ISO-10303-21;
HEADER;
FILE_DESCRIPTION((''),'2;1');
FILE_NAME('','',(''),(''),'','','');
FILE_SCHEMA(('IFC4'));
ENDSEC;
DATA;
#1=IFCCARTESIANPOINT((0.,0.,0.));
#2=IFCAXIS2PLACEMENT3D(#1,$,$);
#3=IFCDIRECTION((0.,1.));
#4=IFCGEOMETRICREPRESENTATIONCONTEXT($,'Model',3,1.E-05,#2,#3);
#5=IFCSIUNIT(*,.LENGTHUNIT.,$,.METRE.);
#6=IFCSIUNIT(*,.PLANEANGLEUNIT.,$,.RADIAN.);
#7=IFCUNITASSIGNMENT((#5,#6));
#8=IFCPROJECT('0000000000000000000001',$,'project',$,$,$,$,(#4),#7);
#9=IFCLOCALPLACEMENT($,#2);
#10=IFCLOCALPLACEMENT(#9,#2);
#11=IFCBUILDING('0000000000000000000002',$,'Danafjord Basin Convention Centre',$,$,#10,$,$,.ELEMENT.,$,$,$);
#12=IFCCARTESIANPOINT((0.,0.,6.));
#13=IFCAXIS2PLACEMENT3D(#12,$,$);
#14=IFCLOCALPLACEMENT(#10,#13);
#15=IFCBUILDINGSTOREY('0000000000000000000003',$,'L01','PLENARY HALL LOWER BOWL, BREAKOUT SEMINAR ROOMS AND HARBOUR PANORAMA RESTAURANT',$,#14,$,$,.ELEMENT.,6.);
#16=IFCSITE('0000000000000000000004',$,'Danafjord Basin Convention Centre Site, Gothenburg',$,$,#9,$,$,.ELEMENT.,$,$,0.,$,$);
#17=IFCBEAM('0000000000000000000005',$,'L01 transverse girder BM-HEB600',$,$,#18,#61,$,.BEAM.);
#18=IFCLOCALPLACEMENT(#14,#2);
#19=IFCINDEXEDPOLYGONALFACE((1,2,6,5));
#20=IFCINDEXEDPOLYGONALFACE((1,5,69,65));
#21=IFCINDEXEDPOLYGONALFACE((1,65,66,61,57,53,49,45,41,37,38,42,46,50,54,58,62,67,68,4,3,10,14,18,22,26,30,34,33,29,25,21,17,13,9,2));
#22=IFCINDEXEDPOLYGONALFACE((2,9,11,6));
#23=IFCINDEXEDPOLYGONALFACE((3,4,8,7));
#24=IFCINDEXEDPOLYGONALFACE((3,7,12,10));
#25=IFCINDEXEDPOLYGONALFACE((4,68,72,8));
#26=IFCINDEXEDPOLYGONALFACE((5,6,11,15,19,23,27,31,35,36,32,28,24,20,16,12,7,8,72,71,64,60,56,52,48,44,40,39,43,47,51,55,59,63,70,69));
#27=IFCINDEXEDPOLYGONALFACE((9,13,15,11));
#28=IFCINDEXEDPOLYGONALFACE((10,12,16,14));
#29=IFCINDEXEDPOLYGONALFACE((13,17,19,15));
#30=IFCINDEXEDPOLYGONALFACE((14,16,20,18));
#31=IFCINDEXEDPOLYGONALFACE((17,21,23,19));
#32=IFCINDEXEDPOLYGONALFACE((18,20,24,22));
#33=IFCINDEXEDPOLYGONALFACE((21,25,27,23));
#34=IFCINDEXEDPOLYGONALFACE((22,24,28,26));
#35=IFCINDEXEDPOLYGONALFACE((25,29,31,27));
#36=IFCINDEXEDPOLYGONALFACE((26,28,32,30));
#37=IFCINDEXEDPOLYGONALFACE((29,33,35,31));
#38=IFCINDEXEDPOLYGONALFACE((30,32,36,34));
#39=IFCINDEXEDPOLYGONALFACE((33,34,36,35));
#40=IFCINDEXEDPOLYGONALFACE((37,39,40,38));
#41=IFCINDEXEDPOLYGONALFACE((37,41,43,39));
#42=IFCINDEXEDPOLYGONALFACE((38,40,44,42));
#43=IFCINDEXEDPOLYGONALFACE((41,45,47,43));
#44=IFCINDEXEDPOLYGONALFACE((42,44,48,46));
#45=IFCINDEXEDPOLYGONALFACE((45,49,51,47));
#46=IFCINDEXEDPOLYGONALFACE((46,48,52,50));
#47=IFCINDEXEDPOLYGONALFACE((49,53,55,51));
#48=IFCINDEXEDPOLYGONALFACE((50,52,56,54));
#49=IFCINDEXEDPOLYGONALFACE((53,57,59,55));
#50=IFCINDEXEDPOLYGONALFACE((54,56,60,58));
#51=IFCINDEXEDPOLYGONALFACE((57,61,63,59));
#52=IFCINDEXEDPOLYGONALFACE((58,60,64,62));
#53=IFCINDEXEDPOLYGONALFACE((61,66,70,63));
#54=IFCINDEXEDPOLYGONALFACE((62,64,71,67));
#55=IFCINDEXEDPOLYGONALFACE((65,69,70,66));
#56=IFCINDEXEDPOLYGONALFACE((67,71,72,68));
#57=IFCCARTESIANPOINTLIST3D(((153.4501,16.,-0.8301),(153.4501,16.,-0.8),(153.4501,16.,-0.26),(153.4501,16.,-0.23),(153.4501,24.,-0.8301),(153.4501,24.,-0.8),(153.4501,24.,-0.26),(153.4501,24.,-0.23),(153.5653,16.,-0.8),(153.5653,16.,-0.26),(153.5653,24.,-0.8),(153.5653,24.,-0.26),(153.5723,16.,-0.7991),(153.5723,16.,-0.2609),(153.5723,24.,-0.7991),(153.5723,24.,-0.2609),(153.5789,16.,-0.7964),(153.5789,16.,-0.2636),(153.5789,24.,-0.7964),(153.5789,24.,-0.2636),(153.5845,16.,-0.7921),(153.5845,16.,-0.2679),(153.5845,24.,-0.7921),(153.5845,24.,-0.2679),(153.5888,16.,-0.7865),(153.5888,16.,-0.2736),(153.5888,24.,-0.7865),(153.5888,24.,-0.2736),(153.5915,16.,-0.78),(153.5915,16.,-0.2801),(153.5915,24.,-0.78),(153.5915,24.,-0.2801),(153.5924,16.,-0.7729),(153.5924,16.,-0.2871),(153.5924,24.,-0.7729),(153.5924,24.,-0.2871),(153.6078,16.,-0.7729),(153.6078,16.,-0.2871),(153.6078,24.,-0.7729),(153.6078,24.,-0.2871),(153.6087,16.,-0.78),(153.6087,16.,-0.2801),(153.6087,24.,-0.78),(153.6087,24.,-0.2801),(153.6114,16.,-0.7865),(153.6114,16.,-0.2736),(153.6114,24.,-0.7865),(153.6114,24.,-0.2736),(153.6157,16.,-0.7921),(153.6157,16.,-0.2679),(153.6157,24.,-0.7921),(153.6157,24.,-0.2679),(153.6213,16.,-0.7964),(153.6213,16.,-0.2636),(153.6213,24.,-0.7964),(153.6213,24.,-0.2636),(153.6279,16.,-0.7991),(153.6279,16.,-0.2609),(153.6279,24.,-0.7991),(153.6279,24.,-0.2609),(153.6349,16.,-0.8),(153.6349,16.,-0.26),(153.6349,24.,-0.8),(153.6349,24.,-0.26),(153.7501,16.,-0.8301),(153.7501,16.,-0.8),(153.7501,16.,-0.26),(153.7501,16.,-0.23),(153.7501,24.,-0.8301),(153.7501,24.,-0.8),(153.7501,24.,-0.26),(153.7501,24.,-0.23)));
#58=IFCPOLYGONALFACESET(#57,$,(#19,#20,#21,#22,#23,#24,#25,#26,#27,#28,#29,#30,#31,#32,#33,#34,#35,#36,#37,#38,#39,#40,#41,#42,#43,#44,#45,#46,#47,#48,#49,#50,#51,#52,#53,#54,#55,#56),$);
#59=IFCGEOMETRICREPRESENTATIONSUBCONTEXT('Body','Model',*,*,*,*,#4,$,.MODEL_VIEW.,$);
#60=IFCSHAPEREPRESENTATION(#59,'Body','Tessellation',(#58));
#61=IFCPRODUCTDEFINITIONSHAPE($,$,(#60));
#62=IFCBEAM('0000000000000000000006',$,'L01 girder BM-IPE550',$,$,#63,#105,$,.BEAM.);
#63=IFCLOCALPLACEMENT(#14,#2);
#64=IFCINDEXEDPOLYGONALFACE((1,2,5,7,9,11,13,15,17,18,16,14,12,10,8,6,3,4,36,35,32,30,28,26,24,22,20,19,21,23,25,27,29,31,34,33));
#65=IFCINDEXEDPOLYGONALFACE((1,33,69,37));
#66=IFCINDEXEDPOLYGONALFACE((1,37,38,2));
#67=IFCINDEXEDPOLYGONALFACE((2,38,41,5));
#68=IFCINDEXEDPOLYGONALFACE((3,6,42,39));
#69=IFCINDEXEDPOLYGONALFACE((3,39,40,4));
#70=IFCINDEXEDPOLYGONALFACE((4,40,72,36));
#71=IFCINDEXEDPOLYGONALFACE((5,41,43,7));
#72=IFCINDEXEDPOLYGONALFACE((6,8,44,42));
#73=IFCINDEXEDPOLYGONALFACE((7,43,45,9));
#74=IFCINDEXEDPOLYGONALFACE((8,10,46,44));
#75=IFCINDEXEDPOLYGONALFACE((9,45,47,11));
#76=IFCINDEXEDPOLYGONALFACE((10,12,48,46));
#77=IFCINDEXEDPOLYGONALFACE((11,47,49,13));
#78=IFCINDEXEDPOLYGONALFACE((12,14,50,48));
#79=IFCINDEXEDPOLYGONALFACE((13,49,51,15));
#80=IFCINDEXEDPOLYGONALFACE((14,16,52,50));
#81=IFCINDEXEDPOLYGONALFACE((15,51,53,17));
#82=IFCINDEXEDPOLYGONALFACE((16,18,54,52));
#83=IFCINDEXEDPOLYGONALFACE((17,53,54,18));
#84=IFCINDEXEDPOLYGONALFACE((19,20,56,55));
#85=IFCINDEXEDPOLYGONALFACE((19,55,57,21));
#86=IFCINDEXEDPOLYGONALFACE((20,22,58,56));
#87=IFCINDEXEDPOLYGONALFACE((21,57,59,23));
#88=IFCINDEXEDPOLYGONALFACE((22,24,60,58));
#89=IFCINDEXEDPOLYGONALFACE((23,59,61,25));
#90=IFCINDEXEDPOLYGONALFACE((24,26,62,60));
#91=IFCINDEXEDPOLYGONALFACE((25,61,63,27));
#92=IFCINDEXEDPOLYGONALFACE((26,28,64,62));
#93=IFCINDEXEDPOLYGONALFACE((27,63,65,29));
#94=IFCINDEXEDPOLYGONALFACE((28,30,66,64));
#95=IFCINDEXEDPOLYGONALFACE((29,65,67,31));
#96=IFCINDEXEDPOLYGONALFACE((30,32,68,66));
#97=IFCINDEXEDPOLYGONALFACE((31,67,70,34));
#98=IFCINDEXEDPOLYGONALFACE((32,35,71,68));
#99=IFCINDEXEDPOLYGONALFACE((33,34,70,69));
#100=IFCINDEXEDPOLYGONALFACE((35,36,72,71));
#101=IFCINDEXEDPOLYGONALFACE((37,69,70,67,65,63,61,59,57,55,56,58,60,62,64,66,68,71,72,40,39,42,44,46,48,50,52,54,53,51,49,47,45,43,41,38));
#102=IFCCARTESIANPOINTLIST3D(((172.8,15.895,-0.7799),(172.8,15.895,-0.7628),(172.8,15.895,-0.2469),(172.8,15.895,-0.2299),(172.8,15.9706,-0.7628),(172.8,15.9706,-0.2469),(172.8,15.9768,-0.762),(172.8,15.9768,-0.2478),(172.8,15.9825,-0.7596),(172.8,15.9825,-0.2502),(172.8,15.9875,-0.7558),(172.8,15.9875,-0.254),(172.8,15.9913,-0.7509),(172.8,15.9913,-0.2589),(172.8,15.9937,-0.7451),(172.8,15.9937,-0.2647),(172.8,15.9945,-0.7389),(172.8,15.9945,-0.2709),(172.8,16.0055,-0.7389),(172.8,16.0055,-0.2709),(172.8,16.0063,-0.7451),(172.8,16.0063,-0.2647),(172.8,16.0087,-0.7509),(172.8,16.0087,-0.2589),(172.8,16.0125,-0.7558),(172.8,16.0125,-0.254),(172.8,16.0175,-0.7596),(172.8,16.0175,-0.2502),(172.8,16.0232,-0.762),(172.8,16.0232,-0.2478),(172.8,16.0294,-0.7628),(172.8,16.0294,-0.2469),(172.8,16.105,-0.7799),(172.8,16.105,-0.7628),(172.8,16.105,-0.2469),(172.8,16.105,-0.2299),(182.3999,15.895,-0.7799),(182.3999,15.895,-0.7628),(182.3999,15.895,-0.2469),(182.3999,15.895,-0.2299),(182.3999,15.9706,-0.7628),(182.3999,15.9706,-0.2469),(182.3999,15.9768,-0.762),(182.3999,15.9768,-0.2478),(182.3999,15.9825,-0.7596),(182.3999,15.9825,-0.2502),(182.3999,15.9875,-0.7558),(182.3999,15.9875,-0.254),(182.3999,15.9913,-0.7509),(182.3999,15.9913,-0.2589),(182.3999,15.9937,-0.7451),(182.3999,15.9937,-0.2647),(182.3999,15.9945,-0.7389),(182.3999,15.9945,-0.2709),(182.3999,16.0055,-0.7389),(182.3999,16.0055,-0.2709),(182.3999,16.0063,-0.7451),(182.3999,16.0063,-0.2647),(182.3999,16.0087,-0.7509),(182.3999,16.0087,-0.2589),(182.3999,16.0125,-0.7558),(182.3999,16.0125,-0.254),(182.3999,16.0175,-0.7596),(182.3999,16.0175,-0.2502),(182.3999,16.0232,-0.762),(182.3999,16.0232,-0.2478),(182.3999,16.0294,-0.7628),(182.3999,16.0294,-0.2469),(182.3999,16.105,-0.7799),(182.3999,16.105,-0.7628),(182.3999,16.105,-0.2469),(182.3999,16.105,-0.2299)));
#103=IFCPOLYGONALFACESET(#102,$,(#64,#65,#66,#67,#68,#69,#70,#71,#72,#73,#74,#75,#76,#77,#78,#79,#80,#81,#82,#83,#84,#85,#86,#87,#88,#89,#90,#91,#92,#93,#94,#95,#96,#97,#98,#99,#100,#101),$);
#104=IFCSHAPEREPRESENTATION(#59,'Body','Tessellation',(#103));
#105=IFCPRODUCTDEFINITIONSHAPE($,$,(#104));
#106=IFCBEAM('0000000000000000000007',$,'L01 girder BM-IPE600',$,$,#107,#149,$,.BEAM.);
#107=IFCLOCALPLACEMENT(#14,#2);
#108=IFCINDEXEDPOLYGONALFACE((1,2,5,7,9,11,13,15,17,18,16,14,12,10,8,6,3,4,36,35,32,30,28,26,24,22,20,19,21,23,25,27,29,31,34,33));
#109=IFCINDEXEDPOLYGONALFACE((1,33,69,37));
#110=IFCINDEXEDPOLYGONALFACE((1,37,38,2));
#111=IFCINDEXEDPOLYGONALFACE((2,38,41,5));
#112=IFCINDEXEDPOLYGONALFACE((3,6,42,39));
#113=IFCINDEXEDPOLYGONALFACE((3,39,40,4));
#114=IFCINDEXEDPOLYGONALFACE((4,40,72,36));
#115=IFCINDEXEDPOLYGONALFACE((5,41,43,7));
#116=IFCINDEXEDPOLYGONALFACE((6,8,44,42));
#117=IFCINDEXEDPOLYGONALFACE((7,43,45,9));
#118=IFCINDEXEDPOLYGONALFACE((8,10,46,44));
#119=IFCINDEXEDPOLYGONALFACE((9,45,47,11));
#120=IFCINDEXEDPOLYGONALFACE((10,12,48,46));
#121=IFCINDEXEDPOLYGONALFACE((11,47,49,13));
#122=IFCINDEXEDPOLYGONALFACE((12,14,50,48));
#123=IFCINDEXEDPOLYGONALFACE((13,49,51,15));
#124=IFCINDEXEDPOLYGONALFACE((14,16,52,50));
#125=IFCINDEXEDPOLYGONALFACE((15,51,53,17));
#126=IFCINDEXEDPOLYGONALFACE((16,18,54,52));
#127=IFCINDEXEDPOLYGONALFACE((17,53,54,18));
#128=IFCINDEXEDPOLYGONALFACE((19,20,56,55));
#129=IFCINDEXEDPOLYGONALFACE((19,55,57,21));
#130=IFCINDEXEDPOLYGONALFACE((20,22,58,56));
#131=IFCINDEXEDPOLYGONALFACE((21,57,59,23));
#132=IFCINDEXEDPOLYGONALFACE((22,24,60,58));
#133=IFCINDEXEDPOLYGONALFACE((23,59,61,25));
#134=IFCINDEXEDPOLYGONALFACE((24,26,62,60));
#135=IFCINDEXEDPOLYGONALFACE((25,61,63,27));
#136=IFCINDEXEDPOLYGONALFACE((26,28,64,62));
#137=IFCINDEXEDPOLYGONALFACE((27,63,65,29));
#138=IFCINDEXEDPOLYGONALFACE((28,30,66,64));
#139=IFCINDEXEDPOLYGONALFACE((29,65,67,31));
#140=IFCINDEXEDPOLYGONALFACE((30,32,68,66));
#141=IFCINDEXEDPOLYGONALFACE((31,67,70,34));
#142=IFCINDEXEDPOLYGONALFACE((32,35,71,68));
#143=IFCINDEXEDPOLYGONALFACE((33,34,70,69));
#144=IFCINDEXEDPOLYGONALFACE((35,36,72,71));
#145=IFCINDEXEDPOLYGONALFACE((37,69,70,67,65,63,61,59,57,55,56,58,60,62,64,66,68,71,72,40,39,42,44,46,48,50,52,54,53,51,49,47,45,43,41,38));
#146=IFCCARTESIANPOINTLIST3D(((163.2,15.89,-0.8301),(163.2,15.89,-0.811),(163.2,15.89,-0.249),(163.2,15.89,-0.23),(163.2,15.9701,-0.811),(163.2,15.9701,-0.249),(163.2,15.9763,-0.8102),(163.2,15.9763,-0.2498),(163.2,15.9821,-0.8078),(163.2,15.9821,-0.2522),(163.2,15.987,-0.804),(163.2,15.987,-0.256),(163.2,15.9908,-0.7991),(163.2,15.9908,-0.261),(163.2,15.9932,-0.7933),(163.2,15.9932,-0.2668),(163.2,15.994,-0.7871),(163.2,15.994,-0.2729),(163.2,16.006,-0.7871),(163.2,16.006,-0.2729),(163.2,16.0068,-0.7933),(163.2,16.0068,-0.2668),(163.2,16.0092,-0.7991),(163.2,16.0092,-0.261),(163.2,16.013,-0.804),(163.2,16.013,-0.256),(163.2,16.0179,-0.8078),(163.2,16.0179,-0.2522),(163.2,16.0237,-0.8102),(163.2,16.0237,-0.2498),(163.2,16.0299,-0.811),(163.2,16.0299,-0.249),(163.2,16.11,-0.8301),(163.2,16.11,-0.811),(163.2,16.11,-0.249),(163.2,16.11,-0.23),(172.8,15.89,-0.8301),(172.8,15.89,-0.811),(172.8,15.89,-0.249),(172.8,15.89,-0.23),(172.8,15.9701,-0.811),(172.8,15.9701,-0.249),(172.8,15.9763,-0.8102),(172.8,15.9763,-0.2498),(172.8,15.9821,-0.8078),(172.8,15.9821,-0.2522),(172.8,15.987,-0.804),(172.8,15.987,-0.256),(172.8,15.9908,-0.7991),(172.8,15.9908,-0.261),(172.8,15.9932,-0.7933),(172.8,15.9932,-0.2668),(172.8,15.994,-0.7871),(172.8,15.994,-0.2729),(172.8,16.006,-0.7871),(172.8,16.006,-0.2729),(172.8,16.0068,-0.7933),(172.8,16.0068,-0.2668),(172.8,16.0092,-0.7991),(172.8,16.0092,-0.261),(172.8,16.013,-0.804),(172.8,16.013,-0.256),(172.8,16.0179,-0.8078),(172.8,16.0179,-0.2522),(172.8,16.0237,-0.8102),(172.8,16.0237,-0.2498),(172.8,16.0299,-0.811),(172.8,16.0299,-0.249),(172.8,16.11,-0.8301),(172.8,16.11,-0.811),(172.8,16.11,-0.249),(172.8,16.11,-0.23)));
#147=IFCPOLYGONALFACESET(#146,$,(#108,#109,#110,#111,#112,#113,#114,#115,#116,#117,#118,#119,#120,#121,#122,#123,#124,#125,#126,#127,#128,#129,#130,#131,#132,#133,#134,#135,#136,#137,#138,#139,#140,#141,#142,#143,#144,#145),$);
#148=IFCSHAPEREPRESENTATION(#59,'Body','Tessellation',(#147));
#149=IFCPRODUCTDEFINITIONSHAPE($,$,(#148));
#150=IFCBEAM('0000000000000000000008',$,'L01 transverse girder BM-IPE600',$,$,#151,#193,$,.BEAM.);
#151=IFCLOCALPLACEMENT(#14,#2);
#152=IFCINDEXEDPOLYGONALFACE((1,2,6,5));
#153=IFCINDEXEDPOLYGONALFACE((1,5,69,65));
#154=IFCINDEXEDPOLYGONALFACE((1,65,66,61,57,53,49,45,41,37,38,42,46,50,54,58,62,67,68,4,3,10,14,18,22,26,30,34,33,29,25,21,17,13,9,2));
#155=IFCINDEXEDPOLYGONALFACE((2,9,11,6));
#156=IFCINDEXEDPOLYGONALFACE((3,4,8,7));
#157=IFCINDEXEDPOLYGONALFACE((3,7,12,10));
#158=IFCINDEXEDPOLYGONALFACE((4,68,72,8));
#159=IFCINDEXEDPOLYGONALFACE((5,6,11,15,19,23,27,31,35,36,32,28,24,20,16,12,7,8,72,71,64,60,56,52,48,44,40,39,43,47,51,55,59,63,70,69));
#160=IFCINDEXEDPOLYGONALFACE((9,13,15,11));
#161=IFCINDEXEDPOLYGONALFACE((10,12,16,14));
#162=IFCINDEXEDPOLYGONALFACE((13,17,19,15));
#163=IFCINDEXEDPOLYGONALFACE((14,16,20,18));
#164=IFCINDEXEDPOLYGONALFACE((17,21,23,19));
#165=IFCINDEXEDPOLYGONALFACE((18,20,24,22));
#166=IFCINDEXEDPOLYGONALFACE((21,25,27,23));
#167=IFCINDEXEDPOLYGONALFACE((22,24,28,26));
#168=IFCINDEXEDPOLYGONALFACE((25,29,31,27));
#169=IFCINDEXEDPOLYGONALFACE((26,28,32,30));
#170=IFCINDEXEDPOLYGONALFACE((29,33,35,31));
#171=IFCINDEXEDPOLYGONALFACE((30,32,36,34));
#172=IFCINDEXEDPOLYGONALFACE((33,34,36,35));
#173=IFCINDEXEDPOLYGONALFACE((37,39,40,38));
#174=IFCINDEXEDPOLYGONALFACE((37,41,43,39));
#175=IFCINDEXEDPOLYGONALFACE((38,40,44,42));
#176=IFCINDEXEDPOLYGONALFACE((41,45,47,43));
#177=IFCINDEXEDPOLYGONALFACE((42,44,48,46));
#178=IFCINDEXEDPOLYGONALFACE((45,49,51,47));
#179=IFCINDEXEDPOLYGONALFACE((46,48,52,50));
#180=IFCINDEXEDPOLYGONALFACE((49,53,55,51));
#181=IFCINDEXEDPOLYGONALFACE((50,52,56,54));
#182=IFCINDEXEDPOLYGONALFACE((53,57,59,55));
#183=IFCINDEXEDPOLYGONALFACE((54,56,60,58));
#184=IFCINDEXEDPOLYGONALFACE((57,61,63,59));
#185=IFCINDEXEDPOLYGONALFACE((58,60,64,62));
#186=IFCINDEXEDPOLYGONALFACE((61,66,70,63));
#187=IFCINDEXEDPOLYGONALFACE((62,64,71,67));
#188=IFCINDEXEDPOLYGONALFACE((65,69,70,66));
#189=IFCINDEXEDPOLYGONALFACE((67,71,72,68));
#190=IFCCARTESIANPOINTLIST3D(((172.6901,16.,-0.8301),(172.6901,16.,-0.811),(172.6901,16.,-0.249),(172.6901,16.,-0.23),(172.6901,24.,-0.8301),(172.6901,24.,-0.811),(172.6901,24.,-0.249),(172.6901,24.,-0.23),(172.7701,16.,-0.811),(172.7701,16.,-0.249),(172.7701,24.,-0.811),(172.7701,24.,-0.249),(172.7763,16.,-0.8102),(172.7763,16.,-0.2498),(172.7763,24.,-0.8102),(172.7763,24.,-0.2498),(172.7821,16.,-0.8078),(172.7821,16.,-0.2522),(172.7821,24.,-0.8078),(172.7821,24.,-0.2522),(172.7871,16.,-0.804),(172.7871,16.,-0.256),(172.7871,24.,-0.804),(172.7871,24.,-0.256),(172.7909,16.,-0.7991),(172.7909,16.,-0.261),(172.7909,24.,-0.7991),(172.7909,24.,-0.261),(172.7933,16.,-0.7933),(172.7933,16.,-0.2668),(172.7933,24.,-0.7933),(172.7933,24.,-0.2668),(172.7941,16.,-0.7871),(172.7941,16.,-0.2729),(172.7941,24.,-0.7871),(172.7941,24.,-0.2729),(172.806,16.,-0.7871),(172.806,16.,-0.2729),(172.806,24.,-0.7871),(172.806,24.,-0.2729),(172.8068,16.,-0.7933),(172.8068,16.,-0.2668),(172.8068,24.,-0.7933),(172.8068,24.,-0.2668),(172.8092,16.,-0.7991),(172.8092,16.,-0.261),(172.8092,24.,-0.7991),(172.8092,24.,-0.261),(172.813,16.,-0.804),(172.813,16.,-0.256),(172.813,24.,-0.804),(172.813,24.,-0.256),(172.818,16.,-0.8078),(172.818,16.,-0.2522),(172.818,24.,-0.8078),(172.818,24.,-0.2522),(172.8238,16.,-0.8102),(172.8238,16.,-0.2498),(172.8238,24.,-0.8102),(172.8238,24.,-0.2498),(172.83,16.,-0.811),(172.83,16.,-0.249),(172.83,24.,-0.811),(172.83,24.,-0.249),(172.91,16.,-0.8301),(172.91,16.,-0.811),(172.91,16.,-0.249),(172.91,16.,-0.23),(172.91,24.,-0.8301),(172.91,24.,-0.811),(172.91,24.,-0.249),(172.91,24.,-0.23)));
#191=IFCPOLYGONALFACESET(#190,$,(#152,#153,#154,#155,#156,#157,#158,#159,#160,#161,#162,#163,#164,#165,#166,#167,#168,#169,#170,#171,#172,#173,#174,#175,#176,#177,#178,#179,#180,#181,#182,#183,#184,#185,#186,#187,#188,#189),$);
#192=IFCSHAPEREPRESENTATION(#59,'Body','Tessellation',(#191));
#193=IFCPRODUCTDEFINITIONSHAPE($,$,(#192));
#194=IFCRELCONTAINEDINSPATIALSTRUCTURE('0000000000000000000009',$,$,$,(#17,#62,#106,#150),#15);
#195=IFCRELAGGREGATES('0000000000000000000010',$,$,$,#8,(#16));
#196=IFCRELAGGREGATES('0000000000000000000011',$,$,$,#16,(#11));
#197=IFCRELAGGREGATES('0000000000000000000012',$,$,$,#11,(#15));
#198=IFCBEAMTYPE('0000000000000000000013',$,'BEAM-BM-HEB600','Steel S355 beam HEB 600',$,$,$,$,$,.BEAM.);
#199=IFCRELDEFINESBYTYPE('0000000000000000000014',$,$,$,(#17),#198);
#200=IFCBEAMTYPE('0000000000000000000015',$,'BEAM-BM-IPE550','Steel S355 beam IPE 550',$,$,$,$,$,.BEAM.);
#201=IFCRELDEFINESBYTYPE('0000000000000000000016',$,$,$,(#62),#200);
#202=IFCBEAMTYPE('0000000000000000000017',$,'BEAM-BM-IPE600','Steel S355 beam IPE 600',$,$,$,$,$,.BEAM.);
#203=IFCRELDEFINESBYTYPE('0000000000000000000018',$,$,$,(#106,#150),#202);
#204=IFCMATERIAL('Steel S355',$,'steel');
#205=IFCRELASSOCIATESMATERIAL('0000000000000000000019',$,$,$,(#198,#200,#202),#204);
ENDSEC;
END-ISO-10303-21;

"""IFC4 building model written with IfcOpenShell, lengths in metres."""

from ifc_helpers import new_model, si_unit, direction, frame, origin, origin_2d, place, context, subcontext, project, spatial, i_section, extrude, material, material_profile, profile_set, type_object, element, save


model = new_model("IFC4")

# Units and contexts
model_context = context("Model", 3, precision=1e-05, world=origin(), true_north=direction((0.0, 1.0)))
body_context = subcontext(model_context, "Body", "Model", "MODEL_VIEW")
ifc_project = project(units=[si_unit("LENGTHUNIT", "METRE"), si_unit("PLANEANGLEUNIT", "RADIAN")], contexts=[model_context])

# Site, building, storey
site_placement = place(None, origin())
site = spatial("IfcSite", under=ifc_project, at=site_placement, Name="Danafjord Basin Convention Centre Site, Gothenburg", CompositionType="ELEMENT", RefElevation=0.0)
building_placement = place(site_placement, origin())
building = spatial("IfcBuilding", under=site, at=building_placement, Name="Danafjord Basin Convention Centre", CompositionType="ELEMENT")
storey_placement = place(building_placement, frame((0.0, 0.0, 6.0)))
storey = spatial("IfcBuildingStorey", under=building, at=storey_placement, Name="L01", Description="PLENARY HALL LOWER BOWL, BREAKOUT SEMINAR ROOMS AND HARBOUR PANORAMA RESTAURANT", CompositionType="ELEMENT", Elevation=6.0)

# Shared definitions
ifc_material_1 = material(Name="Steel S355", Category="steel")

# Beams
ifc_material_profile_1 = material_profile(ifc_material_1, i_section(OverallWidth=0.3, OverallDepth=0.6001, WebThickness=0.0154, FlangeThickness=0.03, FilletRadius=0.0271, at=origin_2d()), Name="HEB 600")
ifc_profile_set_1 = profile_set([ifc_material_profile_1], Name="Steel S355")
beam_type_1 = type_object("IfcBeamType", Name="BEAM-BM-HEB600", Description="Steel S355 beam HEB 600", PredefinedType="BEAM", material=ifc_profile_set_1)
beam_1_placement = place(storey_placement, frame((153.6001, 16.0, -0.53), z_axis=(0.0, 1.0, 0.0), x_axis=(-1.0, 0.0, 0.0)))
element("IfcBeam", 1, at=beam_1_placement, inside=storey, type_object=beam_type_1, Name="L01 transverse girder BM-HEB600", PredefinedType="BEAM", context=body_context, shape_type="SweptSolid", body=[
    extrude(i_section(OverallWidth=0.3, OverallDepth=0.6001, WebThickness=0.0154, FlangeThickness=0.03, FilletRadius=0.0271, at=origin_2d()), origin(), (0.0, 0.0, 1.0), 8.0),
])
ifc_material_profile_2 = material_profile(ifc_material_1, i_section(OverallWidth=0.21, OverallDepth=0.55, WebThickness=0.011, FlangeThickness=0.0171, FilletRadius=0.0239, at=origin_2d()), Name="IPE 550")
ifc_profile_set_2 = profile_set([ifc_material_profile_2], Name="Steel S355")
beam_type_2 = type_object("IfcBeamType", Name="BEAM-BM-IPE550", Description="Steel S355 beam IPE 550", PredefinedType="BEAM", material=ifc_profile_set_2)
beam_2_placement = place(storey_placement, frame((172.8, 16.0, -0.5049), z_axis=(1.0, 0.0, 0.0), x_axis=(0.0, 1.0, 0.0)))
element("IfcBeam", 2, at=beam_2_placement, inside=storey, type_object=beam_type_2, Name="L01 girder BM-IPE550", PredefinedType="BEAM", context=body_context, shape_type="SweptSolid", body=[
    extrude(i_section(OverallWidth=0.21, OverallDepth=0.55, WebThickness=0.011, FlangeThickness=0.0171, FilletRadius=0.0239, at=origin_2d()), origin(), (0.0, 0.0, 1.0), 9.5999),
])
ifc_material_profile_3 = material_profile(ifc_material_1, i_section(OverallWidth=0.22, OverallDepth=0.6001, WebThickness=0.012, FlangeThickness=0.019, FilletRadius=0.0239, at=origin_2d()), Name="IPE 600")
ifc_profile_set_3 = profile_set([ifc_material_profile_3], Name="Steel S355")
beam_type_3 = type_object("IfcBeamType", Name="BEAM-BM-IPE600", Description="Steel S355 beam IPE 600", PredefinedType="BEAM", material=ifc_profile_set_3)
beam_3_placement = place(storey_placement, frame((163.2, 16.0, -0.53), z_axis=(1.0, 0.0, 0.0), x_axis=(0.0, 1.0, 0.0)))
element("IfcBeam", 3, at=beam_3_placement, inside=storey, type_object=beam_type_3, Name="L01 girder BM-IPE600", PredefinedType="BEAM", context=body_context, shape_type="SweptSolid", body=[
    extrude(i_section(OverallWidth=0.22, OverallDepth=0.6001, WebThickness=0.012, FlangeThickness=0.019, FilletRadius=0.0239, at=origin_2d()), origin(), (0.0, 0.0, 1.0), 9.6001),
])
beam_4_placement = place(storey_placement, frame((172.8, 16.0, -0.53), z_axis=(0.0, 1.0, 0.0), x_axis=(-1.0, 0.0, 0.0)))
element("IfcBeam", 4, at=beam_4_placement, inside=storey, type_object=beam_type_3, Name="L01 transverse girder BM-IPE600", PredefinedType="BEAM", context=body_context, shape_type="SweptSolid", body=[
    extrude(i_section(OverallWidth=0.22, OverallDepth=0.6001, WebThickness=0.012, FlangeThickness=0.019, FilletRadius=0.0239, at=origin_2d()), origin(), (0.0, 0.0, 1.0), 8.0),
])

save(model, "model.ifc")
